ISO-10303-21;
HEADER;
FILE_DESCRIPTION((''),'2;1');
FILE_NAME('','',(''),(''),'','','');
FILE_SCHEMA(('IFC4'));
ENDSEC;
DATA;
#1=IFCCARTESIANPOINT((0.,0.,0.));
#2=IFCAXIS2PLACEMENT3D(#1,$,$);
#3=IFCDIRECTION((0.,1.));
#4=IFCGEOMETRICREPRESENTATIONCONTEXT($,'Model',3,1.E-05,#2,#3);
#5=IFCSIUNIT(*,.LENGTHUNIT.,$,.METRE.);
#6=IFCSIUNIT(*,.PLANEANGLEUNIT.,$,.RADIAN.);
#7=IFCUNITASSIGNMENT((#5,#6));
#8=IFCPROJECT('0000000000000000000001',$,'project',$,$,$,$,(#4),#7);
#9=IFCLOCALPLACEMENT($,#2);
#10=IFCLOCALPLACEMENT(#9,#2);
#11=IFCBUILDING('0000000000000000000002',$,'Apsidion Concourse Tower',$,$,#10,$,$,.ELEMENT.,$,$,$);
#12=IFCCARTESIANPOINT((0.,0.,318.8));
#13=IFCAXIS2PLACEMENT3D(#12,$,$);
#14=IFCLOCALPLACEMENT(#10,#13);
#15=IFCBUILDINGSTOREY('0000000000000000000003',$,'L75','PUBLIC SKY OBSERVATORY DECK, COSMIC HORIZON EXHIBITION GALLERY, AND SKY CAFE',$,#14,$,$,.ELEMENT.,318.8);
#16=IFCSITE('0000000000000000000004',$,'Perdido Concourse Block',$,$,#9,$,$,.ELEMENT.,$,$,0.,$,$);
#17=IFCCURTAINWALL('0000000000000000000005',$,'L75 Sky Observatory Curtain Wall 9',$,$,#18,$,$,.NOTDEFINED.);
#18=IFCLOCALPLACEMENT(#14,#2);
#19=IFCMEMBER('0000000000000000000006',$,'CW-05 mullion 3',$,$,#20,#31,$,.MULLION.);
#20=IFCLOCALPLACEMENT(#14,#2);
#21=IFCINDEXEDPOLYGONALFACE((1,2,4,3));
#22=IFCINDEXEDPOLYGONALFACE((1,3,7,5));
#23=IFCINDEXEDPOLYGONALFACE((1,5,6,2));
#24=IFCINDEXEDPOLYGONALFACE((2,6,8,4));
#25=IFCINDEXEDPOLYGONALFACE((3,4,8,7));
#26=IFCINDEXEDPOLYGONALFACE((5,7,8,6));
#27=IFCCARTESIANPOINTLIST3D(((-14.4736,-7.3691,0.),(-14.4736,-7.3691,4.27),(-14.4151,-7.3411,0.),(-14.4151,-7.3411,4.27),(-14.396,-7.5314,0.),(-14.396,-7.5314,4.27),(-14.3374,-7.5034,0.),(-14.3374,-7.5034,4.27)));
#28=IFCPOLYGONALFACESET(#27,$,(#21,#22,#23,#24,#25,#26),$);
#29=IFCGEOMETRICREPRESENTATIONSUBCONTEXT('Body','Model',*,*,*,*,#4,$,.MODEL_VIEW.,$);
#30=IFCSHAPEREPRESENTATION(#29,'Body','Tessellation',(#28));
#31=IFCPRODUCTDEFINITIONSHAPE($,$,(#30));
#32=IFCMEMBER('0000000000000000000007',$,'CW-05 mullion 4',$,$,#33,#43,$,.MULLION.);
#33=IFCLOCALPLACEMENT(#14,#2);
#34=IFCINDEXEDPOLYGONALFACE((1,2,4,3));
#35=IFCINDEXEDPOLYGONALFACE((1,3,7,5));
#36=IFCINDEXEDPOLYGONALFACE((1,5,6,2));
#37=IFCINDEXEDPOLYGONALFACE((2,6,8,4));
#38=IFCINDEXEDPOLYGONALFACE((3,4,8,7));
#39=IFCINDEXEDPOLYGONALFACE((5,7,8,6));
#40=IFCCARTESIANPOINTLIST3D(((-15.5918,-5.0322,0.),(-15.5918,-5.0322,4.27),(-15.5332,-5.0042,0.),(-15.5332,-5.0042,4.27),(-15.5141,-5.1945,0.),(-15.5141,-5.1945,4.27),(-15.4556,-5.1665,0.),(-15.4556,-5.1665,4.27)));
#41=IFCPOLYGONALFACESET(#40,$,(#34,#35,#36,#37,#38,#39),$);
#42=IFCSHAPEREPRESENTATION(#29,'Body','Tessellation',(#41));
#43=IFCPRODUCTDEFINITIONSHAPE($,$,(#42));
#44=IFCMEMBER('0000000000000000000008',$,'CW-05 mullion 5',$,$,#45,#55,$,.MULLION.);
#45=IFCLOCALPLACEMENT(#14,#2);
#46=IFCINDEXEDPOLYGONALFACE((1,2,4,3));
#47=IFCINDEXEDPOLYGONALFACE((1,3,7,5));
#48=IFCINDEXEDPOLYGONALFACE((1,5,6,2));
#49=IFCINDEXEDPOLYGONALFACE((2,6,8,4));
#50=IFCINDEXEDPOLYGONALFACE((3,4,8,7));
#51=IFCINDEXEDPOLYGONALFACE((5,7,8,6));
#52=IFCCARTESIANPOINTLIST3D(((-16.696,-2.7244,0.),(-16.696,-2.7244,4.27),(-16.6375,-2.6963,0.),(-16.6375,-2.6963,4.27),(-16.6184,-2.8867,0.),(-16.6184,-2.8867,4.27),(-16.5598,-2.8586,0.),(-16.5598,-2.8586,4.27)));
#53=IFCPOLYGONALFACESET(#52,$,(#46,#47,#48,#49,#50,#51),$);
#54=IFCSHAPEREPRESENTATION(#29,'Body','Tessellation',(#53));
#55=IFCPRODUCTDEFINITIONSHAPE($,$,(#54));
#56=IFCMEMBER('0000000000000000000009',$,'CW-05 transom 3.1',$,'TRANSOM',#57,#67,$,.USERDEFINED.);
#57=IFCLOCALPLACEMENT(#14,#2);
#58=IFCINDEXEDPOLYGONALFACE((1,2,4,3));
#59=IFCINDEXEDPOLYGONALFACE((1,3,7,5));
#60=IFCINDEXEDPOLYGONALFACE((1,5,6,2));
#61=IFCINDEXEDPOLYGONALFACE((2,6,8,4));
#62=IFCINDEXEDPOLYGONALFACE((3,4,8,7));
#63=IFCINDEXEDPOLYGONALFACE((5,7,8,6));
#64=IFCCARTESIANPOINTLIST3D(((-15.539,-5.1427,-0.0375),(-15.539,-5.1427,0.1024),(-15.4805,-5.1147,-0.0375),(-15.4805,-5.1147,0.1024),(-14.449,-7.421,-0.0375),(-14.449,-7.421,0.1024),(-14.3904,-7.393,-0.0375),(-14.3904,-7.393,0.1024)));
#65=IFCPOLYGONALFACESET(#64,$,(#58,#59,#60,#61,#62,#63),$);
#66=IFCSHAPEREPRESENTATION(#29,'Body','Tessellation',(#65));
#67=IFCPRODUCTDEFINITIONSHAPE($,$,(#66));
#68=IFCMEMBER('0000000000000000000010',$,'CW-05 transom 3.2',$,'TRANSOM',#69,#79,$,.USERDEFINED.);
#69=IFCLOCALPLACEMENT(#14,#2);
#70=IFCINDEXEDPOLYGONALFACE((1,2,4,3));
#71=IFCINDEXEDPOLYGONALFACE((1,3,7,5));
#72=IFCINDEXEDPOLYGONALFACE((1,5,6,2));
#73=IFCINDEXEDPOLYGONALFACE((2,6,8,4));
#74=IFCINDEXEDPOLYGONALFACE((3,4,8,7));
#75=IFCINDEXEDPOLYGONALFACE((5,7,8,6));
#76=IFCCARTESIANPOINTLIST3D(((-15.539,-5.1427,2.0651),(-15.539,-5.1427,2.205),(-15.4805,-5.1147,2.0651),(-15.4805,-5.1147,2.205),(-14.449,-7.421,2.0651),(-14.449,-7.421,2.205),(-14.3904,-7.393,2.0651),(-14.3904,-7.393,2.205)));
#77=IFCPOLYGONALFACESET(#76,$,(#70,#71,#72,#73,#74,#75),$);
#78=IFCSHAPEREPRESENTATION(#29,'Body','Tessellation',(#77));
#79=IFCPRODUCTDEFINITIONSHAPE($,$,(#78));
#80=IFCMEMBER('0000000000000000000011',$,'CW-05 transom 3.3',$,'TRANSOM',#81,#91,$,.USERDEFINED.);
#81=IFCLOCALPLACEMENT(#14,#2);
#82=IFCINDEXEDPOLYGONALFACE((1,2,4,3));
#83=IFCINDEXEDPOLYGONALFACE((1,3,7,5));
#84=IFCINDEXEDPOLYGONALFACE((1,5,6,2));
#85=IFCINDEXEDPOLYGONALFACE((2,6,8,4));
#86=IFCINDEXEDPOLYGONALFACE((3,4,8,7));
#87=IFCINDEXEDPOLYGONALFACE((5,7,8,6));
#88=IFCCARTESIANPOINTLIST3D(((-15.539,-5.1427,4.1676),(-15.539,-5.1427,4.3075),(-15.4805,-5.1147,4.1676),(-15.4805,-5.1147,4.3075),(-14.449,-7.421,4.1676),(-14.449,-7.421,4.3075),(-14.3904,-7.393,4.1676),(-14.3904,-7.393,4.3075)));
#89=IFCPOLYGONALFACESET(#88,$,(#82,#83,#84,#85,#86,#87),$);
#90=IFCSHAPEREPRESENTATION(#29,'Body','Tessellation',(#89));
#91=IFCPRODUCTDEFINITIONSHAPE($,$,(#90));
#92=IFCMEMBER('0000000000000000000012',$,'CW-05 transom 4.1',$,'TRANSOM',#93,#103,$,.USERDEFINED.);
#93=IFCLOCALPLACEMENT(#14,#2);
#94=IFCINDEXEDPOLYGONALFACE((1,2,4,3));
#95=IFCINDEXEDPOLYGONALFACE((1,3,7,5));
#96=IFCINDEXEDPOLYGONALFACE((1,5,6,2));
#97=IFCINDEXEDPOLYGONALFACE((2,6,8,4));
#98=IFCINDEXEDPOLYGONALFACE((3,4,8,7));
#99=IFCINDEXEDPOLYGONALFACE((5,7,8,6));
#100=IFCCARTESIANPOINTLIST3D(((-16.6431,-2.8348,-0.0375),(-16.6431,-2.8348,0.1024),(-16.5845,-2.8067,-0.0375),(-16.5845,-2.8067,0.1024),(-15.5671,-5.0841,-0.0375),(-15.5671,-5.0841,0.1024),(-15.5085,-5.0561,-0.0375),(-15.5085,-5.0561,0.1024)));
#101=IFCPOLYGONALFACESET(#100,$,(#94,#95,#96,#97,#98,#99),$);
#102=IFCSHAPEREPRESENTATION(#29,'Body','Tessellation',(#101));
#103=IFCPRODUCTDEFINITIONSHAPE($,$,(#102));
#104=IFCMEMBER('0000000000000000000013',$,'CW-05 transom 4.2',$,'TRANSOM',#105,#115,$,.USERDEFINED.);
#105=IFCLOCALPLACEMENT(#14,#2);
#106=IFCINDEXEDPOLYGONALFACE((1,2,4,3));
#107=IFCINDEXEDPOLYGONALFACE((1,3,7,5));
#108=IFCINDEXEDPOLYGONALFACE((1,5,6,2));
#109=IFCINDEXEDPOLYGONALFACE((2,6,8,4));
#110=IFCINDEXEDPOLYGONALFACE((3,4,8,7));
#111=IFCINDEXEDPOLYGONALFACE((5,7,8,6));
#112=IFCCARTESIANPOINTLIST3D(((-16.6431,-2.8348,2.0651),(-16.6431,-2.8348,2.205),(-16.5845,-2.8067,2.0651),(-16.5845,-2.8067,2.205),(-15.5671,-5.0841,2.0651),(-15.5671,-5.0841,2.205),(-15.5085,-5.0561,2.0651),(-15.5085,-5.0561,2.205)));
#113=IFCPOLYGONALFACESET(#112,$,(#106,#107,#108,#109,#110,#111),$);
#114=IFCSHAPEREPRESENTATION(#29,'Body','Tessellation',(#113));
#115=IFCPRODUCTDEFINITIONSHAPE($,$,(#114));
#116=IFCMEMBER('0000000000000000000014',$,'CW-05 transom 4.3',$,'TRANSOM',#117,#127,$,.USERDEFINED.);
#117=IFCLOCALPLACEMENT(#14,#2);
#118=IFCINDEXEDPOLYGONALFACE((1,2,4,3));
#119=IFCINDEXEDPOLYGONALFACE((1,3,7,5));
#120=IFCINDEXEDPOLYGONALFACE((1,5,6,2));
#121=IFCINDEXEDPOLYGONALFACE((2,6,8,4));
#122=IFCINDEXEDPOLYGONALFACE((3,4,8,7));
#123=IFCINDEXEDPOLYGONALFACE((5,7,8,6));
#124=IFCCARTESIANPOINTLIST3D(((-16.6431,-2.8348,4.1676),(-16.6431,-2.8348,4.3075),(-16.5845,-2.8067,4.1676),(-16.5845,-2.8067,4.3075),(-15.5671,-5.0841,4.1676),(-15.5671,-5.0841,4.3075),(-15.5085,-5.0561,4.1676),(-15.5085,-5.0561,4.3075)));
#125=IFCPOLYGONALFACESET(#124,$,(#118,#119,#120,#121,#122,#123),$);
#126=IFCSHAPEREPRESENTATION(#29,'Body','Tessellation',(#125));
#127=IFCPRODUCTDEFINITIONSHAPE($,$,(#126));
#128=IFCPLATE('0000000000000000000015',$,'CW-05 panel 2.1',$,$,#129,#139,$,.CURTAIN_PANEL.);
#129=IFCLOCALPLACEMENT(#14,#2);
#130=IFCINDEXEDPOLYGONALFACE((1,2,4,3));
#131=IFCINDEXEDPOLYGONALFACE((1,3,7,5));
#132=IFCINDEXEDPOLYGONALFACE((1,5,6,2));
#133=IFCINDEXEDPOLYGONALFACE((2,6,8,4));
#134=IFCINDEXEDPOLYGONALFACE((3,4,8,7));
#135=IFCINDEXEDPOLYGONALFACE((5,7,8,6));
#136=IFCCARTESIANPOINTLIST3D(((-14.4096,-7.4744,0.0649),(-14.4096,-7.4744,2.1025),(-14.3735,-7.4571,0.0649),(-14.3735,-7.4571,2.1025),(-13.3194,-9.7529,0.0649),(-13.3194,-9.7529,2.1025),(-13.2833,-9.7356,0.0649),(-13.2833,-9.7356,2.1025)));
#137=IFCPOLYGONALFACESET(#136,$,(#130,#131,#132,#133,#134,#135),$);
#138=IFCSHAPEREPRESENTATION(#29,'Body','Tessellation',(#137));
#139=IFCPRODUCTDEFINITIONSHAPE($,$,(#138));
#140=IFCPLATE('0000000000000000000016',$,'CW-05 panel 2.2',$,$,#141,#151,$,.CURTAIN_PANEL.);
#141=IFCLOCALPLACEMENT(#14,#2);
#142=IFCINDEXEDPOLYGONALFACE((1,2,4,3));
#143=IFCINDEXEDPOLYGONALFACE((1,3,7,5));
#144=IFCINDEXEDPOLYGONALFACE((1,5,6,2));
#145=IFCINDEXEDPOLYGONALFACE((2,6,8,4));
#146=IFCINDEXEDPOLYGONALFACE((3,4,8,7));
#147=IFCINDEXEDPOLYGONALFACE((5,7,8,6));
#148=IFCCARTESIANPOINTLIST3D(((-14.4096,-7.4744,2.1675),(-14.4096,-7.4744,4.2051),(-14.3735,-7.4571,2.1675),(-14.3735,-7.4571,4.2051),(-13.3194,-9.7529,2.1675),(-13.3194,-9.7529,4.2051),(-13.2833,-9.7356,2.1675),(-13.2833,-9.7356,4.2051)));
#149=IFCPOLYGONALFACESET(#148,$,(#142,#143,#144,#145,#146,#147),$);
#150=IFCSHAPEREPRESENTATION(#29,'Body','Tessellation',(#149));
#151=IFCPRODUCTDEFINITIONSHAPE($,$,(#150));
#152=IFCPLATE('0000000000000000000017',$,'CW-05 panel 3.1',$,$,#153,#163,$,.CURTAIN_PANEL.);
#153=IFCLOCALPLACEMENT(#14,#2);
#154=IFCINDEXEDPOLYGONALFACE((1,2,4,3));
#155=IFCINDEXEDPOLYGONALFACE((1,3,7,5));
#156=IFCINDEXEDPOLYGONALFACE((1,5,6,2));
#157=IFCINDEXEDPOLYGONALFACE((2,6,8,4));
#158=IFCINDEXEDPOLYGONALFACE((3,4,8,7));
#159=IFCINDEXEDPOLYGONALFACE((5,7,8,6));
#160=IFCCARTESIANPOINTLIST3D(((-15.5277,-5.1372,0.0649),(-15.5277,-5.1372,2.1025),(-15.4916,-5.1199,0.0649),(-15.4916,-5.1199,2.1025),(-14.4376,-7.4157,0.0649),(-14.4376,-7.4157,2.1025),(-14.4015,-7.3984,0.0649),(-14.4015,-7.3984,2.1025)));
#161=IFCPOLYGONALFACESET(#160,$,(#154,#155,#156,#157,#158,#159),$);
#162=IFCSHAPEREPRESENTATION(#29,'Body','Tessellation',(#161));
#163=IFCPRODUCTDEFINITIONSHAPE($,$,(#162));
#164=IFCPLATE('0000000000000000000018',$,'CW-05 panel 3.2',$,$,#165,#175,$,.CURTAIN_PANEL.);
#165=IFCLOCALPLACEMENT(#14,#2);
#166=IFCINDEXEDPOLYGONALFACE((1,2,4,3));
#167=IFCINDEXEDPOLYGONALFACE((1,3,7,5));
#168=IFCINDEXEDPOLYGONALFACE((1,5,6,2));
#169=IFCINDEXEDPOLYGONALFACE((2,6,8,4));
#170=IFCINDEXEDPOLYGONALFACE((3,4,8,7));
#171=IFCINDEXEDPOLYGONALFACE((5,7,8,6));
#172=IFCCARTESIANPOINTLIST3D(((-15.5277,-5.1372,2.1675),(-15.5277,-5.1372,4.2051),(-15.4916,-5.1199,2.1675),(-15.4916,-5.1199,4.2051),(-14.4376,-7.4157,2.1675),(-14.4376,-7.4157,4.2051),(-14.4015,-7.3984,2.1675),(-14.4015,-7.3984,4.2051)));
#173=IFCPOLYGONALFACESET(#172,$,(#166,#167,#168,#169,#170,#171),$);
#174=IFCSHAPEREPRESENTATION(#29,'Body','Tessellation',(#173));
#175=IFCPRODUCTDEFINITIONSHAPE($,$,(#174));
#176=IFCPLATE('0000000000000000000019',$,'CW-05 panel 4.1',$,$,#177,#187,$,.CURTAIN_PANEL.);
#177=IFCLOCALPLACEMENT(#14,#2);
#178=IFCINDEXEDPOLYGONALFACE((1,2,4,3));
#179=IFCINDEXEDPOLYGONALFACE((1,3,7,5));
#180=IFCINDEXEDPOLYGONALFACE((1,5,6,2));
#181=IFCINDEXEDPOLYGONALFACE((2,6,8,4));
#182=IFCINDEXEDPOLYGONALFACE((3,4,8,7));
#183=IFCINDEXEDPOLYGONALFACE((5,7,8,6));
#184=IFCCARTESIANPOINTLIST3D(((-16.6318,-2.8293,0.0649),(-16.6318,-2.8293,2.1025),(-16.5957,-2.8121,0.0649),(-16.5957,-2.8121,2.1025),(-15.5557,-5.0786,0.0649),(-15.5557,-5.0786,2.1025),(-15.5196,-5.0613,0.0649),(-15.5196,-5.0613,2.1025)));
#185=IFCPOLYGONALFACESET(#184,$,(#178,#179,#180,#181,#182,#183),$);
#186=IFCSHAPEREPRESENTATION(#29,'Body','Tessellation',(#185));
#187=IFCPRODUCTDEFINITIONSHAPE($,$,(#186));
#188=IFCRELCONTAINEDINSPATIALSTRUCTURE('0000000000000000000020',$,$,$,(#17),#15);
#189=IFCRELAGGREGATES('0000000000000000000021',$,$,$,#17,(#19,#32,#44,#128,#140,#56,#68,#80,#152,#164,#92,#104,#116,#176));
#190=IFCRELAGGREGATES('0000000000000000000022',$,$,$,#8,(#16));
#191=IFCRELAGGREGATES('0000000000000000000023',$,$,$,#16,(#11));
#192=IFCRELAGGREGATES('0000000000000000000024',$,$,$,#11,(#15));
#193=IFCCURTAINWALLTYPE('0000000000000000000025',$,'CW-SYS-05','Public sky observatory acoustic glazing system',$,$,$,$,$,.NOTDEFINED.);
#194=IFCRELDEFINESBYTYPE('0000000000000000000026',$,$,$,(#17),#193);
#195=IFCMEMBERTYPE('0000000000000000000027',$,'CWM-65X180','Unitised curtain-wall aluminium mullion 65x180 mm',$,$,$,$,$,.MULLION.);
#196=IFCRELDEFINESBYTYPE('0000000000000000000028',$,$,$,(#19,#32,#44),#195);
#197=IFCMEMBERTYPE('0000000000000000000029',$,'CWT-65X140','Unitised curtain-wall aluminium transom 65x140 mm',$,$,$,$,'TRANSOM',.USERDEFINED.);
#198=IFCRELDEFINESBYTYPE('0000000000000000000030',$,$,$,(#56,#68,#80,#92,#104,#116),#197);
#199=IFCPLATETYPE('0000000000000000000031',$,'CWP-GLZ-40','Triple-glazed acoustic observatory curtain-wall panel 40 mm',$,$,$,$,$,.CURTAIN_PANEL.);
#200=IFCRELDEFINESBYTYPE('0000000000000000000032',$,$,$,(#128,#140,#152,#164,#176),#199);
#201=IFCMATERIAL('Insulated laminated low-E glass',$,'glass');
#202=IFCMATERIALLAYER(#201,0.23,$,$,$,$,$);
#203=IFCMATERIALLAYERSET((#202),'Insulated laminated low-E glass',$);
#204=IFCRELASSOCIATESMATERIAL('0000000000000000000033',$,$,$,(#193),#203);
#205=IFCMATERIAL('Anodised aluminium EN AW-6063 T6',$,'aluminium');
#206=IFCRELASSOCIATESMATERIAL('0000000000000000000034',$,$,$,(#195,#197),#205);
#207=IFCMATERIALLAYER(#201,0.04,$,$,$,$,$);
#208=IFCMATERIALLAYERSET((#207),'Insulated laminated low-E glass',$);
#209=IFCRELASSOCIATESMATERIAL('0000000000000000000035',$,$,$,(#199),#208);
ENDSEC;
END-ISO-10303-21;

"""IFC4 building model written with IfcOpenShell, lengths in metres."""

from ifc_helpers import new_model, si_unit, direction, frame, origin, origin_2d, place, context, subcontext, project, spatial, rectangle, extrude, material, layer, layer_set, material_profile, profile_set, type_object, element, aggregate, save


model = new_model("IFC4")

# Units and contexts
model_context = context("Model", 3, precision=1e-05, world=origin(), true_north=direction((0.0, 1.0)))
body_context = subcontext(model_context, "Body", "Model", "MODEL_VIEW")
ifc_project = project(units=[si_unit("LENGTHUNIT", "METRE"), si_unit("PLANEANGLEUNIT", "RADIAN")], contexts=[model_context])

# Site, building, storey
site_placement = place(None, origin())
site = spatial("IfcSite", under=ifc_project, at=site_placement, Name="Perdido Concourse Block", CompositionType="ELEMENT", RefElevation=0.0)
building_placement = place(site_placement, origin())
building = spatial("IfcBuilding", under=site, at=building_placement, Name="Apsidion Concourse Tower", CompositionType="ELEMENT")
storey_placement = place(building_placement, frame((0.0, 0.0, 318.8)))
storey = spatial("IfcBuildingStorey", under=building, at=storey_placement, Name="L75", Description="PUBLIC SKY OBSERVATORY DECK, COSMIC HORIZON EXHIBITION GALLERY, AND SKY CAFE", CompositionType="ELEMENT", Elevation=318.8)

# Curtain wall, members, plates
ifc_material_1 = material(Name="Insulated laminated low-E glass", Category="glass")
ifc_layer_1 = layer(ifc_material_1, 0.23)
ifc_layer_set_1 = layer_set([ifc_layer_1], Name="Insulated laminated low-E glass")
curtain_wall_type = type_object("IfcCurtainWallType", Name="CW-SYS-05", Description="Public sky observatory acoustic glazing system", PredefinedType="NOTDEFINED", material=ifc_layer_set_1)
curtain_wall_placement = place(storey_placement, origin())
curtain_wall = element("IfcCurtainWall", 1, at=curtain_wall_placement, inside=storey, type_object=curtain_wall_type, Name="L75 Sky Observatory Curtain Wall 9", PredefinedType="NOTDEFINED")
ifc_material_2 = material(Name="Anodised aluminium EN AW-6063 T6", Category="aluminium")
ifc_material_profile_1 = material_profile(ifc_material_2, rectangle(XDim=0.0649, YDim=0.1799, at=origin_2d()), Name="ALU MULLION 65x180")
ifc_profile_set_1 = profile_set([ifc_material_profile_1], Name="Anodised aluminium EN AW-6063 T6")
member_type_1 = type_object("IfcMemberType", Name="CWM-65X180", Description="Unitised curtain-wall aluminium mullion 65x180 mm", PredefinedType="MULLION", material=ifc_profile_set_1)
member_1_placement = place(storey_placement, frame((-14.4055, -7.4363, 0.0), z_axis=(0.0, 0.0, 1.0), x_axis=(-0.902068, -0.431595, 0.0)))
member_1 = element("IfcMember", 2, at=member_1_placement, type_object=member_type_1, Name="CW-05 mullion 3", PredefinedType="MULLION", context=body_context, shape_type="SweptSolid", body=[
    extrude(rectangle(XDim=0.0649, YDim=0.1799, at=origin_2d()), origin(), (0.0, 0.0, 1.0), 4.27),
])
member_2_placement = place(storey_placement, frame((-15.5237, -5.0994, 0.0), z_axis=(0.0, 0.0, 1.0), x_axis=(-0.902068, -0.431595, 0.0)))
member_2 = element("IfcMember", 3, at=member_2_placement, type_object=member_type_1, Name="CW-05 mullion 4", PredefinedType="MULLION", context=body_context, shape_type="SweptSolid", body=[
    extrude(rectangle(XDim=0.0649, YDim=0.1799, at=origin_2d()), origin(), (0.0, 0.0, 1.0), 4.27),
])
member_3_placement = place(storey_placement, frame((-16.6279, -2.7915, 0.0), z_axis=(0.0, 0.0, 1.0), x_axis=(-0.902068, -0.431595, 0.0)))
member_3 = element("IfcMember", 4, at=member_3_placement, type_object=member_type_1, Name="CW-05 mullion 5", PredefinedType="MULLION", context=body_context, shape_type="SweptSolid", body=[
    extrude(rectangle(XDim=0.0649, YDim=0.1799, at=origin_2d()), origin(), (0.0, 0.0, 1.0), 4.27),
])
ifc_material_profile_2 = material_profile(ifc_material_2, rectangle(XDim=0.0649, YDim=0.1399, at=origin_2d()), Name="ALU TRANSOM 65x140")
ifc_profile_set_2 = profile_set([ifc_material_profile_2], Name="Anodised aluminium EN AW-6063 T6")
member_type_2 = type_object("IfcMemberType", Name="CWT-65X140", Description="Unitised curtain-wall aluminium transom 65x140 mm", ElementType="TRANSOM", PredefinedType="USERDEFINED", material=ifc_profile_set_2)
member_4_placement = place(storey_placement, frame((-14.4197, -7.407, 0.0325), z_axis=(-0.431603, 0.902064, 0.0), x_axis=(-0.902064, -0.431603, 0.0)))
member_4 = element("IfcMember", 5, at=member_4_placement, type_object=member_type_2, Name="CW-05 transom 3.1", ObjectType="TRANSOM", PredefinedType="USERDEFINED", context=body_context, shape_type="SweptSolid", body=[
    extrude(rectangle(XDim=0.0649, YDim=0.1399, at=origin_2d()), origin(), (0.0, 0.0, 1.0), 2.5256),
])
member_5_placement = place(storey_placement, frame((-14.4197, -7.407, 2.135), z_axis=(-0.431603, 0.902064, 0.0), x_axis=(-0.902064, -0.431603, 0.0)))
member_5 = element("IfcMember", 6, at=member_5_placement, type_object=member_type_2, Name="CW-05 transom 3.2", ObjectType="TRANSOM", PredefinedType="USERDEFINED", context=body_context, shape_type="SweptSolid", body=[
    extrude(rectangle(XDim=0.0649, YDim=0.1399, at=origin_2d()), origin(), (0.0, 0.0, 1.0), 2.5256),
])
member_6_placement = place(storey_placement, frame((-14.4197, -7.407, 4.2375), z_axis=(-0.431603, 0.902064, 0.0), x_axis=(-0.902064, -0.431603, 0.0)))
member_6 = element("IfcMember", 7, at=member_6_placement, type_object=member_type_2, Name="CW-05 transom 3.3", ObjectType="TRANSOM", PredefinedType="USERDEFINED", context=body_context, shape_type="SweptSolid", body=[
    extrude(rectangle(XDim=0.0649, YDim=0.1399, at=origin_2d()), origin(), (0.0, 0.0, 1.0), 2.5256),
])
member_7_placement = place(storey_placement, frame((-15.5378, -5.0701, 0.0325), z_axis=(-0.431518, 0.902104, 0.0), x_axis=(-0.902104, -0.431518, 0.0)))
member_7 = element("IfcMember", 8, at=member_7_placement, type_object=member_type_2, Name="CW-05 transom 4.1", ObjectType="TRANSOM", PredefinedType="USERDEFINED", context=body_context, shape_type="SweptSolid", body=[
    extrude(rectangle(XDim=0.0649, YDim=0.1399, at=origin_2d()), origin(), (0.0, 0.0, 1.0), 2.4934),
])
member_8_placement = place(storey_placement, frame((-15.5378, -5.0701, 2.135), z_axis=(-0.431518, 0.902104, 0.0), x_axis=(-0.902104, -0.431518, 0.0)))
member_8 = element("IfcMember", 9, at=member_8_placement, type_object=member_type_2, Name="CW-05 transom 4.2", ObjectType="TRANSOM", PredefinedType="USERDEFINED", context=body_context, shape_type="SweptSolid", body=[
    extrude(rectangle(XDim=0.0649, YDim=0.1399, at=origin_2d()), origin(), (0.0, 0.0, 1.0), 2.4934),
])
member_9_placement = place(storey_placement, frame((-15.5378, -5.0701, 4.2375), z_axis=(-0.431518, 0.902104, 0.0), x_axis=(-0.902104, -0.431518, 0.0)))
member_9 = element("IfcMember", 10, at=member_9_placement, type_object=member_type_2, Name="CW-05 transom 4.3", ObjectType="TRANSOM", PredefinedType="USERDEFINED", context=body_context, shape_type="SweptSolid", body=[
    extrude(rectangle(XDim=0.0649, YDim=0.1399, at=origin_2d()), origin(), (0.0, 0.0, 1.0), 2.4934),
])
ifc_layer_2 = layer(ifc_material_1, 0.04)
ifc_layer_set_2 = layer_set([ifc_layer_2], Name="Insulated laminated low-E glass")
plate_type = type_object("IfcPlateType", Name="CWP-GLZ-40", Description="Triple-glazed acoustic observatory curtain-wall panel 40 mm", PredefinedType="CURTAIN_PANEL", material=ifc_layer_set_2)
plate_1_placement = place(storey_placement, frame((-13.8464, -8.605, 0.0649), z_axis=(0.0, 0.0, 1.0), x_axis=(-0.431595, 0.902068, 0.0)))
plate_1 = element("IfcPlate", 11, at=plate_1_placement, type_object=plate_type, Name="CW-05 panel 2.1", PredefinedType="CURTAIN_PANEL", context=body_context, shape_type="SweptSolid", body=[
    extrude(rectangle(XDim=2.5259, YDim=0.04, at=origin_2d()), origin(), (0.0, 0.0, 1.0), 2.0376),
])
plate_2_placement = place(storey_placement, frame((-13.8464, -8.605, 2.1675), z_axis=(0.0, 0.0, 1.0), x_axis=(-0.431595, 0.902068, 0.0)))
plate_2 = element("IfcPlate", 12, at=plate_2_placement, type_object=plate_type, Name="CW-05 panel 2.2", PredefinedType="CURTAIN_PANEL", context=body_context, shape_type="SweptSolid", body=[
    extrude(rectangle(XDim=2.5259, YDim=0.04, at=origin_2d()), origin(), (0.0, 0.0, 1.0), 2.0376),
])
plate_3_placement = place(storey_placement, frame((-14.9646, -6.2678, 0.0649), z_axis=(0.0, 0.0, 1.0), x_axis=(-0.431595, 0.902068, 0.0)))
plate_3 = element("IfcPlate", 13, at=plate_3_placement, type_object=plate_type, Name="CW-05 panel 3.1", PredefinedType="CURTAIN_PANEL", context=body_context, shape_type="SweptSolid", body=[
    extrude(rectangle(XDim=2.5259, YDim=0.04, at=origin_2d()), origin(), (0.0, 0.0, 1.0), 2.0376),
])
plate_4_placement = place(storey_placement, frame((-14.9646, -6.2678, 2.1675), z_axis=(0.0, 0.0, 1.0), x_axis=(-0.431595, 0.902068, 0.0)))
plate_4 = element("IfcPlate", 14, at=plate_4_placement, type_object=plate_type, Name="CW-05 panel 3.2", PredefinedType="CURTAIN_PANEL", context=body_context, shape_type="SweptSolid", body=[
    extrude(rectangle(XDim=2.5259, YDim=0.04, at=origin_2d()), origin(), (0.0, 0.0, 1.0), 2.0376),
])
plate_5_placement = place(storey_placement, frame((-16.0757, -3.9453, 0.0649), z_axis=(0.0, 0.0, 1.0), x_axis=(-0.431595, 0.902068, 0.0)))
plate_5 = element("IfcPlate", 15, at=plate_5_placement, type_object=plate_type, Name="CW-05 panel 4.1", PredefinedType="CURTAIN_PANEL", context=body_context, shape_type="SweptSolid", body=[
    extrude(rectangle(XDim=2.4934, YDim=0.04, at=origin_2d()), origin(), (0.0, 0.0, 1.0), 2.0376),
])
aggregate(curtain_wall, [member_1, member_2, member_3, plate_1, plate_2, member_4, member_5, member_6, plate_3, plate_4, member_7, member_8, member_9, plate_5])

save(model, "model.ifc")
